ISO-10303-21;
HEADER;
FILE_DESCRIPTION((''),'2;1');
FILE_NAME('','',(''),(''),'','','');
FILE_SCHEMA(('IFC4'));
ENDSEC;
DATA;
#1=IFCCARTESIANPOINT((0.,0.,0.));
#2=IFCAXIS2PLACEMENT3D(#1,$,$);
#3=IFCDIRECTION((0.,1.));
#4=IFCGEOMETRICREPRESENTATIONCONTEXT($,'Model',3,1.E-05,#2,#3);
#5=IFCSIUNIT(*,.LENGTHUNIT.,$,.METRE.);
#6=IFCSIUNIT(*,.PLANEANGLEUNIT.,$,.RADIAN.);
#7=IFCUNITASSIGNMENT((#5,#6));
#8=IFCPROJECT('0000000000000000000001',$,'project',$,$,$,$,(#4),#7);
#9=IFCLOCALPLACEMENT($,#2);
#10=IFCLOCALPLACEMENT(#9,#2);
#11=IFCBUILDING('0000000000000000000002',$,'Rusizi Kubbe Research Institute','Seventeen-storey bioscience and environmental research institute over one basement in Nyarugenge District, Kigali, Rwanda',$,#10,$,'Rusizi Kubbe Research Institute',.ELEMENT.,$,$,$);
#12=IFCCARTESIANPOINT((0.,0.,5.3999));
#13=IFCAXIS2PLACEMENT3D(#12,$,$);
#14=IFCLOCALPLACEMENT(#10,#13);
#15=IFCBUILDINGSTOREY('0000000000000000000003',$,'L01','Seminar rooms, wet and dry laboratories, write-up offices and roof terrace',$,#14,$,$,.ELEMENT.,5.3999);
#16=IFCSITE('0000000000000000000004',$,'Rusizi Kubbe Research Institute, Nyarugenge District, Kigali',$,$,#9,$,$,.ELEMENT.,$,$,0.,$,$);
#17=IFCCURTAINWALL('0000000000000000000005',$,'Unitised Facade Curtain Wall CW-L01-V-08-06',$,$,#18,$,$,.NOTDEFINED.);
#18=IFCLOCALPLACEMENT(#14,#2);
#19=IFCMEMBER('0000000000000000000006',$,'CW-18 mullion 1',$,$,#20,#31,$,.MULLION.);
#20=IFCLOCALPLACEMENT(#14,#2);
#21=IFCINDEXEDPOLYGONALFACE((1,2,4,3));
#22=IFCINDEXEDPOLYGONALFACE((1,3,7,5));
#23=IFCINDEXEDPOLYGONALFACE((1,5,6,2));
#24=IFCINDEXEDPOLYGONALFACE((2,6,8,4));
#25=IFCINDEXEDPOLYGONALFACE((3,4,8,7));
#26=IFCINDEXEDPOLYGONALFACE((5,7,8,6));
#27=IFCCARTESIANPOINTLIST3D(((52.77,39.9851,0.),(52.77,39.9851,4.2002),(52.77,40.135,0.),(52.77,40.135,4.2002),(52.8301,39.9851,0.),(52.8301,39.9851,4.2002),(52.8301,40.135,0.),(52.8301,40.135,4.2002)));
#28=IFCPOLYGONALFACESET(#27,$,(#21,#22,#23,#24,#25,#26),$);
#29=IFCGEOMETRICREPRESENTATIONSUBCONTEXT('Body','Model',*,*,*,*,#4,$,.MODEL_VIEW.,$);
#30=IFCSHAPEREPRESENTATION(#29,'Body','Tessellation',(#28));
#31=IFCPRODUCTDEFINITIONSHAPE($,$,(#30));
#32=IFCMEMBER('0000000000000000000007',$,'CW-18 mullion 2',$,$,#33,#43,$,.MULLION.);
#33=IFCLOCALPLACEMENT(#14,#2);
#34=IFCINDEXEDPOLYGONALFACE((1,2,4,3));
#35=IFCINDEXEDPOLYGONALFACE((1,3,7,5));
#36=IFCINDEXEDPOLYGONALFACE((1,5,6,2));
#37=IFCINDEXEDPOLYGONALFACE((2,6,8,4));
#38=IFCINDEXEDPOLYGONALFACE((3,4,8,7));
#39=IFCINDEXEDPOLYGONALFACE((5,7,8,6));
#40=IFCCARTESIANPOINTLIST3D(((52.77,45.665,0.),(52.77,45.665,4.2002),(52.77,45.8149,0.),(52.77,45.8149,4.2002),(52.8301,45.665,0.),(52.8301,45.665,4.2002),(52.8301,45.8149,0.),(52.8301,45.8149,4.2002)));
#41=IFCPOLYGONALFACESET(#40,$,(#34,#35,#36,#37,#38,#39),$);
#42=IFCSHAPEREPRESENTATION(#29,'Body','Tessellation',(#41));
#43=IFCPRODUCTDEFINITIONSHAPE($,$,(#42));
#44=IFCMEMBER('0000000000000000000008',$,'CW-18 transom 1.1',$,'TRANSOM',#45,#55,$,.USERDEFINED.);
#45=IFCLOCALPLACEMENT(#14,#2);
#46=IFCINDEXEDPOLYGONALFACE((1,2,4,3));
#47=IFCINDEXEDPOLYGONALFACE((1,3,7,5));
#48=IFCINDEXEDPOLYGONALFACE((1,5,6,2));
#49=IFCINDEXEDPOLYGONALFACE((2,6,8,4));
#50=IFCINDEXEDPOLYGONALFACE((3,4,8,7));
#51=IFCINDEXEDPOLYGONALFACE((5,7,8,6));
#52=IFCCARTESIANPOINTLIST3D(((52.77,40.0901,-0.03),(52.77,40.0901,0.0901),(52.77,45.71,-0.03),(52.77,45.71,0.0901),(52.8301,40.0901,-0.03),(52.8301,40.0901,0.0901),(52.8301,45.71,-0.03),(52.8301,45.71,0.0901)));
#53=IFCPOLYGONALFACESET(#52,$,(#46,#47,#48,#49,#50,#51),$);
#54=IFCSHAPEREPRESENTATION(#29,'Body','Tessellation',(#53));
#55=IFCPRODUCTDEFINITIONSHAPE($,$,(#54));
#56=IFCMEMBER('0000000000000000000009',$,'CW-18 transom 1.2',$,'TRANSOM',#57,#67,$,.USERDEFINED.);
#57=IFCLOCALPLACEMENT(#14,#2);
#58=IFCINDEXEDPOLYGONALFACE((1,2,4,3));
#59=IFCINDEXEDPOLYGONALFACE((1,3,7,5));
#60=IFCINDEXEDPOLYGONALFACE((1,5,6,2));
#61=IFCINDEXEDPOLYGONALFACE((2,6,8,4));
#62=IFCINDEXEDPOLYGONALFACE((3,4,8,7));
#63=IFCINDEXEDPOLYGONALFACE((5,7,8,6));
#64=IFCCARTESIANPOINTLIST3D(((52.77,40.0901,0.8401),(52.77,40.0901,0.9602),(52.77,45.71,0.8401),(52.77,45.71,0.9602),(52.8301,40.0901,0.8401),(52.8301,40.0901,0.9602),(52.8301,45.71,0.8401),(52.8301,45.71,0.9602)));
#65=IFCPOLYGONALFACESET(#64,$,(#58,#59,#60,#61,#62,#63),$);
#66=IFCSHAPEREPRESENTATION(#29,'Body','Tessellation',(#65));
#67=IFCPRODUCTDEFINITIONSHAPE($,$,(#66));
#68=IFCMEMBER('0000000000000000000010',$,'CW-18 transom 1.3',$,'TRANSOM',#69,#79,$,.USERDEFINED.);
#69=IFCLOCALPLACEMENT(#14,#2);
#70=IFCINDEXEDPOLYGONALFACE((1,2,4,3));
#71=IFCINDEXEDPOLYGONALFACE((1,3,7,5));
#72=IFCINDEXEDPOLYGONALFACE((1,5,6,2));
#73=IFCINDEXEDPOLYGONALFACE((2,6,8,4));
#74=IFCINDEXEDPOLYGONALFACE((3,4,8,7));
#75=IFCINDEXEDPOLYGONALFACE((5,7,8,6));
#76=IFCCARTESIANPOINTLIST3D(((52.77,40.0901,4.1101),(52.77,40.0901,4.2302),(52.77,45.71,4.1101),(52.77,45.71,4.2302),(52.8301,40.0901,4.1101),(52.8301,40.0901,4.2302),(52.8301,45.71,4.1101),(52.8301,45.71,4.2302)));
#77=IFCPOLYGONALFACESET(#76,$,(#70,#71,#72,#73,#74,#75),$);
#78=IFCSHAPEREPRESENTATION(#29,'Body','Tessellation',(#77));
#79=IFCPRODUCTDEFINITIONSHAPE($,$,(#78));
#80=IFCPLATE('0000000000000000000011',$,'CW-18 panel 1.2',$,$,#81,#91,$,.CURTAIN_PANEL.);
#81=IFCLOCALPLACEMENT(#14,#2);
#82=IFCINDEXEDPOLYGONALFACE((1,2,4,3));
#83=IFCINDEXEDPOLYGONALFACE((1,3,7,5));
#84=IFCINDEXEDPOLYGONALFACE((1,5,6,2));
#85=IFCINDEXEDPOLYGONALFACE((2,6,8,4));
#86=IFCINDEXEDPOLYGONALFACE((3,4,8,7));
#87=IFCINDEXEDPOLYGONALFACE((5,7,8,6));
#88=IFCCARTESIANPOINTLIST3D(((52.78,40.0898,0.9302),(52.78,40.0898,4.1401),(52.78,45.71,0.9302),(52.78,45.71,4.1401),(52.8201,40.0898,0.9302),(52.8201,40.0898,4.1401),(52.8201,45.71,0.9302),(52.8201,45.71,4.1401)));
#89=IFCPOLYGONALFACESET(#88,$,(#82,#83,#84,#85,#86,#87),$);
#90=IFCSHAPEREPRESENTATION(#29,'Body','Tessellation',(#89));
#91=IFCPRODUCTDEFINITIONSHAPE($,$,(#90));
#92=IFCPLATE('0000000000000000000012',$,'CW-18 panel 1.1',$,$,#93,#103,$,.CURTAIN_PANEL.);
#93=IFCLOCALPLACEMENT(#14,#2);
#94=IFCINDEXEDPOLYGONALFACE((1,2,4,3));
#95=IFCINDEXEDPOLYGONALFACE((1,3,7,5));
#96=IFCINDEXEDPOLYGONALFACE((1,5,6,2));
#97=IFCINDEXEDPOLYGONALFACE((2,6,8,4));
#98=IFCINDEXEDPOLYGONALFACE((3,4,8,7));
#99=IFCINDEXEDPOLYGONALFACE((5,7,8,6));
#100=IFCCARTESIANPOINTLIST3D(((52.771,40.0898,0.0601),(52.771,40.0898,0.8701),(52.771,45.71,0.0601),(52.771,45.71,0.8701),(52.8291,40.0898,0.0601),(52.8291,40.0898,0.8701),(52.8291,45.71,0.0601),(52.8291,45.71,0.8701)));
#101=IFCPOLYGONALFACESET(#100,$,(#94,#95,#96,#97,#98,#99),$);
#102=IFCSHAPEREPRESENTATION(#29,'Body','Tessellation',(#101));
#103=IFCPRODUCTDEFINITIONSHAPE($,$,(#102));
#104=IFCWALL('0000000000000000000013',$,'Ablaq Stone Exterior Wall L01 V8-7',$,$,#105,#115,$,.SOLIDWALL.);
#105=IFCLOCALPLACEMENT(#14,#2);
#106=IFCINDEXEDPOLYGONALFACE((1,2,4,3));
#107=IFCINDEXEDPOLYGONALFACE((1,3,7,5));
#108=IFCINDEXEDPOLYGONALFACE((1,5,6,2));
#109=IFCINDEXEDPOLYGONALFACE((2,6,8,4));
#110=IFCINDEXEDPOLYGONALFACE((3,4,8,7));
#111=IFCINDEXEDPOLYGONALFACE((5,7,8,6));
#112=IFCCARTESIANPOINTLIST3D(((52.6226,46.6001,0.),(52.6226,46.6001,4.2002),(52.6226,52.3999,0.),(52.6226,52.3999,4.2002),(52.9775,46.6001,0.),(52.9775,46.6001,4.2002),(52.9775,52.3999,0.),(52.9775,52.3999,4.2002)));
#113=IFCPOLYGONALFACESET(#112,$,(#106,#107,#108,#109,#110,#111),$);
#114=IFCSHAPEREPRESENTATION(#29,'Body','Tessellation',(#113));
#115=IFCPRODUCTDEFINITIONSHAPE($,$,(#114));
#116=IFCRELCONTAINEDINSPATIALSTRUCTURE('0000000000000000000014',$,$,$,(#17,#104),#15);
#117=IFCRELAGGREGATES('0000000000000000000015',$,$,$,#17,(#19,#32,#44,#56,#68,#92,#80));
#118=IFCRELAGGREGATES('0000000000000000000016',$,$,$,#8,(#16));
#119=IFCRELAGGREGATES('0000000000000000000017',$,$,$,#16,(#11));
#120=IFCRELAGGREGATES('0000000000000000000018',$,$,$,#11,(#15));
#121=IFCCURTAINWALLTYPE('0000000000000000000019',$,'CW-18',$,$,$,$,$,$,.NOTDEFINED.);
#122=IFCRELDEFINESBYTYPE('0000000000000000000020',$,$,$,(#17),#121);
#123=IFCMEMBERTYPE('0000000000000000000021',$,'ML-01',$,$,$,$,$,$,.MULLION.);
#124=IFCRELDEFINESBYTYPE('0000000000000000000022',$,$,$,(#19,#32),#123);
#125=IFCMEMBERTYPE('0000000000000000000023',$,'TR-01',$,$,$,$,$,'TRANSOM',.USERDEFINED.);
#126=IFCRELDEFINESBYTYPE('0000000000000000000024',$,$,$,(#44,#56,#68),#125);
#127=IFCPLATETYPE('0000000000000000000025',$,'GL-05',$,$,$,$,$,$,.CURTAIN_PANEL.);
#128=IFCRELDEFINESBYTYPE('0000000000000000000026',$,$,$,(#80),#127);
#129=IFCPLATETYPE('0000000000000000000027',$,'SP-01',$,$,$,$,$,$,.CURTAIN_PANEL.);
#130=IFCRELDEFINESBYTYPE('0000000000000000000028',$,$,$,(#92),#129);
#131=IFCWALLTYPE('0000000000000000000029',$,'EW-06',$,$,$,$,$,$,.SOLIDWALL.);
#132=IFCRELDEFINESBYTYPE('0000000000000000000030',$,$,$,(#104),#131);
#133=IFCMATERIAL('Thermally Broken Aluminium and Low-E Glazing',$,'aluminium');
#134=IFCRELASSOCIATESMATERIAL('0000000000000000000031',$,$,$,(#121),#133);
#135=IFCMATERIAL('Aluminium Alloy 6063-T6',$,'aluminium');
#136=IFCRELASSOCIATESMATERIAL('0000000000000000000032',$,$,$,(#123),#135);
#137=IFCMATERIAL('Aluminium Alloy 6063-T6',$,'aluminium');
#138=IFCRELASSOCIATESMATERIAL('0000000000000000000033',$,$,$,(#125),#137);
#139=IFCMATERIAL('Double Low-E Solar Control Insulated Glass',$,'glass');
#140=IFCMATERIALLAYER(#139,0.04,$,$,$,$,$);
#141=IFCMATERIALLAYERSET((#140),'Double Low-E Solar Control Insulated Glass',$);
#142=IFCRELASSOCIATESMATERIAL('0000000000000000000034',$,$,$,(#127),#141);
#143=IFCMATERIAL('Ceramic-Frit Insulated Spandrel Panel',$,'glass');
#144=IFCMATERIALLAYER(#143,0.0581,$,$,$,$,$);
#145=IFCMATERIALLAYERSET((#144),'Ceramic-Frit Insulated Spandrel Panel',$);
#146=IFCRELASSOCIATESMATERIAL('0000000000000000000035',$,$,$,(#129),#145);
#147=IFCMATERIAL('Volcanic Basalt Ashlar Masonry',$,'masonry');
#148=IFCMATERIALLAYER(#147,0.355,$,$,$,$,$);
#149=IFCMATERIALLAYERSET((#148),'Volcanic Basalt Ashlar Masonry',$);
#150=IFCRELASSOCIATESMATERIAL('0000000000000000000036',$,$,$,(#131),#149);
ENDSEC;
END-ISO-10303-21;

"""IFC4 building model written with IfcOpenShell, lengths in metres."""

from ifc_helpers import new_model, si_unit, direction, frame, frame_2d, origin, origin_2d, place, context, subcontext, project, spatial, rectangle, extrude, material, layer, layer_set, material_profile, profile_set, type_object, element, aggregate, save


model = new_model("IFC4")

# Units and contexts
model_context = context("Model", 3, precision=1e-05, world=origin(), true_north=direction((0.0, 1.0)))
body_context = subcontext(model_context, "Body", "Model", "MODEL_VIEW")
ifc_project = project(units=[si_unit("LENGTHUNIT", "METRE"), si_unit("PLANEANGLEUNIT", "RADIAN")], contexts=[model_context])

# Site, building, storey
site_placement = place(None, origin())
site = spatial("IfcSite", under=ifc_project, at=site_placement, Name="Rusizi Kubbe Research Institute, Nyarugenge District, Kigali", CompositionType="ELEMENT", RefElevation=0.0)
building_placement = place(site_placement, origin())
building = spatial("IfcBuilding", under=site, at=building_placement, Name="Rusizi Kubbe Research Institute", Description="Seventeen-storey bioscience and environmental research institute over one basement in Nyarugenge District, Kigali, Rwanda", LongName="Rusizi Kubbe Research Institute", CompositionType="ELEMENT")
storey_placement = place(building_placement, frame((0.0, 0.0, 5.3999)))
storey = spatial("IfcBuildingStorey", under=building, at=storey_placement, Name="L01", Description="Seminar rooms, wet and dry laboratories, write-up offices and roof terrace", CompositionType="ELEMENT", Elevation=5.3999)

# Curtain wall, members, plates
ifc_material_1 = material(Name="Thermally Broken Aluminium and Low-E Glazing", Category="aluminium")
curtain_wall_type = type_object("IfcCurtainWallType", Name="CW-18", PredefinedType="NOTDEFINED", material=ifc_material_1)
curtain_wall_placement = place(storey_placement, origin())
curtain_wall = element("IfcCurtainWall", 1, at=curtain_wall_placement, inside=storey, type_object=curtain_wall_type, Name="Unitised Facade Curtain Wall CW-L01-V-08-06", PredefinedType="NOTDEFINED")
ifc_material_2 = material(Name="Aluminium Alloy 6063-T6", Category="aluminium")
ifc_material_profile_1 = material_profile(ifc_material_2, rectangle(XDim=0.0601, YDim=0.1499, at=origin_2d()), Name="ALU-M 60x150")
ifc_profile_set_1 = profile_set([ifc_material_profile_1], Name="Aluminium Alloy 6063-T6")
member_type_1 = type_object("IfcMemberType", Name="ML-01", PredefinedType="MULLION", material=ifc_profile_set_1)
member_1_placement = place(storey_placement, frame((52.8, 40.0601, 0.0), z_axis=(0.0, 0.0, 1.0), x_axis=(-1.0, 0.0, 0.0)))
member_1 = element("IfcMember", 2, at=member_1_placement, type_object=member_type_1, Name="CW-18 mullion 1", PredefinedType="MULLION", context=body_context, shape_type="SweptSolid", body=[
    extrude(rectangle(XDim=0.0601, YDim=0.1499, at=origin_2d()), origin(), (0.0, 0.0, 1.0), 4.2002),
])
member_2_placement = place(storey_placement, frame((52.8, 45.74, 0.0), z_axis=(0.0, 0.0, 1.0), x_axis=(-1.0, 0.0, 0.0)))
member_2 = element("IfcMember", 3, at=member_2_placement, type_object=member_type_1, Name="CW-18 mullion 2", PredefinedType="MULLION", context=body_context, shape_type="SweptSolid", body=[
    extrude(rectangle(XDim=0.0601, YDim=0.1499, at=origin_2d()), origin(), (0.0, 0.0, 1.0), 4.2002),
])
ifc_material_3 = material(Name="Aluminium Alloy 6063-T6", Category="aluminium")
ifc_material_profile_2 = material_profile(ifc_material_3, rectangle(XDim=0.0601, YDim=0.1201, at=origin_2d()), Name="ALU-T 60x120")
ifc_profile_set_2 = profile_set([ifc_material_profile_2], Name="Aluminium Alloy 6063-T6")
member_type_2 = type_object("IfcMemberType", Name="TR-01", ElementType="TRANSOM", PredefinedType="USERDEFINED", material=ifc_profile_set_2)
member_3_placement = place(storey_placement, frame((52.8, 40.0901, 0.03), z_axis=(0.0, 1.0, 0.0), x_axis=(-1.0, 0.0, 0.0)))
member_3 = element("IfcMember", 4, at=member_3_placement, type_object=member_type_2, Name="CW-18 transom 1.1", ObjectType="TRANSOM", PredefinedType="USERDEFINED", context=body_context, shape_type="SweptSolid", body=[
    extrude(rectangle(XDim=0.0601, YDim=0.1201, at=origin_2d()), origin(), (0.0, 0.0, 1.0), 5.6199),
])
member_4_placement = place(storey_placement, frame((52.8, 40.0901, 0.9001), z_axis=(0.0, 1.0, 0.0), x_axis=(-1.0, 0.0, 0.0)))
member_4 = element("IfcMember", 5, at=member_4_placement, type_object=member_type_2, Name="CW-18 transom 1.2", ObjectType="TRANSOM", PredefinedType="USERDEFINED", context=body_context, shape_type="SweptSolid", body=[
    extrude(rectangle(XDim=0.0601, YDim=0.1201, at=origin_2d()), origin(), (0.0, 0.0, 1.0), 5.6199),
])
member_5_placement = place(storey_placement, frame((52.8, 40.0901, 4.1702), z_axis=(0.0, 1.0, 0.0), x_axis=(-1.0, 0.0, 0.0)))
member_5 = element("IfcMember", 6, at=member_5_placement, type_object=member_type_2, Name="CW-18 transom 1.3", ObjectType="TRANSOM", PredefinedType="USERDEFINED", context=body_context, shape_type="SweptSolid", body=[
    extrude(rectangle(XDim=0.0601, YDim=0.1201, at=origin_2d()), origin(), (0.0, 0.0, 1.0), 5.6199),
])
ifc_material_4 = material(Name="Double Low-E Solar Control Insulated Glass", Category="glass")
ifc_layer_1 = layer(ifc_material_4, 0.04)
ifc_layer_set_1 = layer_set([ifc_layer_1], Name="Double Low-E Solar Control Insulated Glass")
plate_type_1 = type_object("IfcPlateType", Name="GL-05", PredefinedType="CURTAIN_PANEL", material=ifc_layer_set_1)
plate_1_placement = place(storey_placement, frame((52.8, 42.8999, 0.9302), z_axis=(0.0, 0.0, 1.0), x_axis=(0.0, 1.0, 0.0)))
plate_1 = element("IfcPlate", 7, at=plate_1_placement, type_object=plate_type_1, Name="CW-18 panel 1.2", PredefinedType="CURTAIN_PANEL", context=body_context, shape_type="SweptSolid", body=[
    extrude(rectangle(XDim=5.6201, YDim=0.04, at=origin_2d()), origin(), (0.0, 0.0, 1.0), 3.21),
])
ifc_material_5 = material(Name="Ceramic-Frit Insulated Spandrel Panel", Category="glass")
ifc_layer_2 = layer(ifc_material_5, 0.0581)
ifc_layer_set_2 = layer_set([ifc_layer_2], Name="Ceramic-Frit Insulated Spandrel Panel")
plate_type_2 = type_object("IfcPlateType", Name="SP-01", PredefinedType="CURTAIN_PANEL", material=ifc_layer_set_2)
plate_2_placement = place(storey_placement, frame((52.8, 42.8999, 0.0601), z_axis=(0.0, 0.0, 1.0), x_axis=(0.0, 1.0, 0.0)))
plate_2 = element("IfcPlate", 8, at=plate_2_placement, type_object=plate_type_2, Name="CW-18 panel 1.1", PredefinedType="CURTAIN_PANEL", context=body_context, shape_type="SweptSolid", body=[
    extrude(rectangle(XDim=5.6201, YDim=0.0581, at=origin_2d()), origin(), (0.0, 0.0, 1.0), 0.8101),
])
aggregate(curtain_wall, [member_1, member_2, member_3, member_4, member_5, plate_2, plate_1])

# Wall
ifc_material_6 = material(Name="Volcanic Basalt Ashlar Masonry", Category="masonry")
ifc_layer_3 = layer(ifc_material_6, 0.355)
ifc_layer_set_3 = layer_set([ifc_layer_3], Name="Volcanic Basalt Ashlar Masonry")
wall_type = type_object("IfcWallType", Name="EW-06", PredefinedType="SOLIDWALL", material=ifc_layer_set_3)
wall_placement = place(storey_placement, frame((52.8, 46.6001, 0.0), z_axis=(0.0, 0.0, 1.0), x_axis=(0.0, 1.0, 0.0)))
element("IfcWall", 9, at=wall_placement, inside=storey, type_object=wall_type, Name="Ablaq Stone Exterior Wall L01 V8-7", PredefinedType="SOLIDWALL", context=body_context, shape_type="SweptSolid", body=[
    extrude(rectangle(XDim=5.7998, YDim=0.355, at=frame_2d((2.8999, 0.0))), origin(), (0.0, 0.0, 1.0), 4.2002),
])

save(model, "model.ifc")
